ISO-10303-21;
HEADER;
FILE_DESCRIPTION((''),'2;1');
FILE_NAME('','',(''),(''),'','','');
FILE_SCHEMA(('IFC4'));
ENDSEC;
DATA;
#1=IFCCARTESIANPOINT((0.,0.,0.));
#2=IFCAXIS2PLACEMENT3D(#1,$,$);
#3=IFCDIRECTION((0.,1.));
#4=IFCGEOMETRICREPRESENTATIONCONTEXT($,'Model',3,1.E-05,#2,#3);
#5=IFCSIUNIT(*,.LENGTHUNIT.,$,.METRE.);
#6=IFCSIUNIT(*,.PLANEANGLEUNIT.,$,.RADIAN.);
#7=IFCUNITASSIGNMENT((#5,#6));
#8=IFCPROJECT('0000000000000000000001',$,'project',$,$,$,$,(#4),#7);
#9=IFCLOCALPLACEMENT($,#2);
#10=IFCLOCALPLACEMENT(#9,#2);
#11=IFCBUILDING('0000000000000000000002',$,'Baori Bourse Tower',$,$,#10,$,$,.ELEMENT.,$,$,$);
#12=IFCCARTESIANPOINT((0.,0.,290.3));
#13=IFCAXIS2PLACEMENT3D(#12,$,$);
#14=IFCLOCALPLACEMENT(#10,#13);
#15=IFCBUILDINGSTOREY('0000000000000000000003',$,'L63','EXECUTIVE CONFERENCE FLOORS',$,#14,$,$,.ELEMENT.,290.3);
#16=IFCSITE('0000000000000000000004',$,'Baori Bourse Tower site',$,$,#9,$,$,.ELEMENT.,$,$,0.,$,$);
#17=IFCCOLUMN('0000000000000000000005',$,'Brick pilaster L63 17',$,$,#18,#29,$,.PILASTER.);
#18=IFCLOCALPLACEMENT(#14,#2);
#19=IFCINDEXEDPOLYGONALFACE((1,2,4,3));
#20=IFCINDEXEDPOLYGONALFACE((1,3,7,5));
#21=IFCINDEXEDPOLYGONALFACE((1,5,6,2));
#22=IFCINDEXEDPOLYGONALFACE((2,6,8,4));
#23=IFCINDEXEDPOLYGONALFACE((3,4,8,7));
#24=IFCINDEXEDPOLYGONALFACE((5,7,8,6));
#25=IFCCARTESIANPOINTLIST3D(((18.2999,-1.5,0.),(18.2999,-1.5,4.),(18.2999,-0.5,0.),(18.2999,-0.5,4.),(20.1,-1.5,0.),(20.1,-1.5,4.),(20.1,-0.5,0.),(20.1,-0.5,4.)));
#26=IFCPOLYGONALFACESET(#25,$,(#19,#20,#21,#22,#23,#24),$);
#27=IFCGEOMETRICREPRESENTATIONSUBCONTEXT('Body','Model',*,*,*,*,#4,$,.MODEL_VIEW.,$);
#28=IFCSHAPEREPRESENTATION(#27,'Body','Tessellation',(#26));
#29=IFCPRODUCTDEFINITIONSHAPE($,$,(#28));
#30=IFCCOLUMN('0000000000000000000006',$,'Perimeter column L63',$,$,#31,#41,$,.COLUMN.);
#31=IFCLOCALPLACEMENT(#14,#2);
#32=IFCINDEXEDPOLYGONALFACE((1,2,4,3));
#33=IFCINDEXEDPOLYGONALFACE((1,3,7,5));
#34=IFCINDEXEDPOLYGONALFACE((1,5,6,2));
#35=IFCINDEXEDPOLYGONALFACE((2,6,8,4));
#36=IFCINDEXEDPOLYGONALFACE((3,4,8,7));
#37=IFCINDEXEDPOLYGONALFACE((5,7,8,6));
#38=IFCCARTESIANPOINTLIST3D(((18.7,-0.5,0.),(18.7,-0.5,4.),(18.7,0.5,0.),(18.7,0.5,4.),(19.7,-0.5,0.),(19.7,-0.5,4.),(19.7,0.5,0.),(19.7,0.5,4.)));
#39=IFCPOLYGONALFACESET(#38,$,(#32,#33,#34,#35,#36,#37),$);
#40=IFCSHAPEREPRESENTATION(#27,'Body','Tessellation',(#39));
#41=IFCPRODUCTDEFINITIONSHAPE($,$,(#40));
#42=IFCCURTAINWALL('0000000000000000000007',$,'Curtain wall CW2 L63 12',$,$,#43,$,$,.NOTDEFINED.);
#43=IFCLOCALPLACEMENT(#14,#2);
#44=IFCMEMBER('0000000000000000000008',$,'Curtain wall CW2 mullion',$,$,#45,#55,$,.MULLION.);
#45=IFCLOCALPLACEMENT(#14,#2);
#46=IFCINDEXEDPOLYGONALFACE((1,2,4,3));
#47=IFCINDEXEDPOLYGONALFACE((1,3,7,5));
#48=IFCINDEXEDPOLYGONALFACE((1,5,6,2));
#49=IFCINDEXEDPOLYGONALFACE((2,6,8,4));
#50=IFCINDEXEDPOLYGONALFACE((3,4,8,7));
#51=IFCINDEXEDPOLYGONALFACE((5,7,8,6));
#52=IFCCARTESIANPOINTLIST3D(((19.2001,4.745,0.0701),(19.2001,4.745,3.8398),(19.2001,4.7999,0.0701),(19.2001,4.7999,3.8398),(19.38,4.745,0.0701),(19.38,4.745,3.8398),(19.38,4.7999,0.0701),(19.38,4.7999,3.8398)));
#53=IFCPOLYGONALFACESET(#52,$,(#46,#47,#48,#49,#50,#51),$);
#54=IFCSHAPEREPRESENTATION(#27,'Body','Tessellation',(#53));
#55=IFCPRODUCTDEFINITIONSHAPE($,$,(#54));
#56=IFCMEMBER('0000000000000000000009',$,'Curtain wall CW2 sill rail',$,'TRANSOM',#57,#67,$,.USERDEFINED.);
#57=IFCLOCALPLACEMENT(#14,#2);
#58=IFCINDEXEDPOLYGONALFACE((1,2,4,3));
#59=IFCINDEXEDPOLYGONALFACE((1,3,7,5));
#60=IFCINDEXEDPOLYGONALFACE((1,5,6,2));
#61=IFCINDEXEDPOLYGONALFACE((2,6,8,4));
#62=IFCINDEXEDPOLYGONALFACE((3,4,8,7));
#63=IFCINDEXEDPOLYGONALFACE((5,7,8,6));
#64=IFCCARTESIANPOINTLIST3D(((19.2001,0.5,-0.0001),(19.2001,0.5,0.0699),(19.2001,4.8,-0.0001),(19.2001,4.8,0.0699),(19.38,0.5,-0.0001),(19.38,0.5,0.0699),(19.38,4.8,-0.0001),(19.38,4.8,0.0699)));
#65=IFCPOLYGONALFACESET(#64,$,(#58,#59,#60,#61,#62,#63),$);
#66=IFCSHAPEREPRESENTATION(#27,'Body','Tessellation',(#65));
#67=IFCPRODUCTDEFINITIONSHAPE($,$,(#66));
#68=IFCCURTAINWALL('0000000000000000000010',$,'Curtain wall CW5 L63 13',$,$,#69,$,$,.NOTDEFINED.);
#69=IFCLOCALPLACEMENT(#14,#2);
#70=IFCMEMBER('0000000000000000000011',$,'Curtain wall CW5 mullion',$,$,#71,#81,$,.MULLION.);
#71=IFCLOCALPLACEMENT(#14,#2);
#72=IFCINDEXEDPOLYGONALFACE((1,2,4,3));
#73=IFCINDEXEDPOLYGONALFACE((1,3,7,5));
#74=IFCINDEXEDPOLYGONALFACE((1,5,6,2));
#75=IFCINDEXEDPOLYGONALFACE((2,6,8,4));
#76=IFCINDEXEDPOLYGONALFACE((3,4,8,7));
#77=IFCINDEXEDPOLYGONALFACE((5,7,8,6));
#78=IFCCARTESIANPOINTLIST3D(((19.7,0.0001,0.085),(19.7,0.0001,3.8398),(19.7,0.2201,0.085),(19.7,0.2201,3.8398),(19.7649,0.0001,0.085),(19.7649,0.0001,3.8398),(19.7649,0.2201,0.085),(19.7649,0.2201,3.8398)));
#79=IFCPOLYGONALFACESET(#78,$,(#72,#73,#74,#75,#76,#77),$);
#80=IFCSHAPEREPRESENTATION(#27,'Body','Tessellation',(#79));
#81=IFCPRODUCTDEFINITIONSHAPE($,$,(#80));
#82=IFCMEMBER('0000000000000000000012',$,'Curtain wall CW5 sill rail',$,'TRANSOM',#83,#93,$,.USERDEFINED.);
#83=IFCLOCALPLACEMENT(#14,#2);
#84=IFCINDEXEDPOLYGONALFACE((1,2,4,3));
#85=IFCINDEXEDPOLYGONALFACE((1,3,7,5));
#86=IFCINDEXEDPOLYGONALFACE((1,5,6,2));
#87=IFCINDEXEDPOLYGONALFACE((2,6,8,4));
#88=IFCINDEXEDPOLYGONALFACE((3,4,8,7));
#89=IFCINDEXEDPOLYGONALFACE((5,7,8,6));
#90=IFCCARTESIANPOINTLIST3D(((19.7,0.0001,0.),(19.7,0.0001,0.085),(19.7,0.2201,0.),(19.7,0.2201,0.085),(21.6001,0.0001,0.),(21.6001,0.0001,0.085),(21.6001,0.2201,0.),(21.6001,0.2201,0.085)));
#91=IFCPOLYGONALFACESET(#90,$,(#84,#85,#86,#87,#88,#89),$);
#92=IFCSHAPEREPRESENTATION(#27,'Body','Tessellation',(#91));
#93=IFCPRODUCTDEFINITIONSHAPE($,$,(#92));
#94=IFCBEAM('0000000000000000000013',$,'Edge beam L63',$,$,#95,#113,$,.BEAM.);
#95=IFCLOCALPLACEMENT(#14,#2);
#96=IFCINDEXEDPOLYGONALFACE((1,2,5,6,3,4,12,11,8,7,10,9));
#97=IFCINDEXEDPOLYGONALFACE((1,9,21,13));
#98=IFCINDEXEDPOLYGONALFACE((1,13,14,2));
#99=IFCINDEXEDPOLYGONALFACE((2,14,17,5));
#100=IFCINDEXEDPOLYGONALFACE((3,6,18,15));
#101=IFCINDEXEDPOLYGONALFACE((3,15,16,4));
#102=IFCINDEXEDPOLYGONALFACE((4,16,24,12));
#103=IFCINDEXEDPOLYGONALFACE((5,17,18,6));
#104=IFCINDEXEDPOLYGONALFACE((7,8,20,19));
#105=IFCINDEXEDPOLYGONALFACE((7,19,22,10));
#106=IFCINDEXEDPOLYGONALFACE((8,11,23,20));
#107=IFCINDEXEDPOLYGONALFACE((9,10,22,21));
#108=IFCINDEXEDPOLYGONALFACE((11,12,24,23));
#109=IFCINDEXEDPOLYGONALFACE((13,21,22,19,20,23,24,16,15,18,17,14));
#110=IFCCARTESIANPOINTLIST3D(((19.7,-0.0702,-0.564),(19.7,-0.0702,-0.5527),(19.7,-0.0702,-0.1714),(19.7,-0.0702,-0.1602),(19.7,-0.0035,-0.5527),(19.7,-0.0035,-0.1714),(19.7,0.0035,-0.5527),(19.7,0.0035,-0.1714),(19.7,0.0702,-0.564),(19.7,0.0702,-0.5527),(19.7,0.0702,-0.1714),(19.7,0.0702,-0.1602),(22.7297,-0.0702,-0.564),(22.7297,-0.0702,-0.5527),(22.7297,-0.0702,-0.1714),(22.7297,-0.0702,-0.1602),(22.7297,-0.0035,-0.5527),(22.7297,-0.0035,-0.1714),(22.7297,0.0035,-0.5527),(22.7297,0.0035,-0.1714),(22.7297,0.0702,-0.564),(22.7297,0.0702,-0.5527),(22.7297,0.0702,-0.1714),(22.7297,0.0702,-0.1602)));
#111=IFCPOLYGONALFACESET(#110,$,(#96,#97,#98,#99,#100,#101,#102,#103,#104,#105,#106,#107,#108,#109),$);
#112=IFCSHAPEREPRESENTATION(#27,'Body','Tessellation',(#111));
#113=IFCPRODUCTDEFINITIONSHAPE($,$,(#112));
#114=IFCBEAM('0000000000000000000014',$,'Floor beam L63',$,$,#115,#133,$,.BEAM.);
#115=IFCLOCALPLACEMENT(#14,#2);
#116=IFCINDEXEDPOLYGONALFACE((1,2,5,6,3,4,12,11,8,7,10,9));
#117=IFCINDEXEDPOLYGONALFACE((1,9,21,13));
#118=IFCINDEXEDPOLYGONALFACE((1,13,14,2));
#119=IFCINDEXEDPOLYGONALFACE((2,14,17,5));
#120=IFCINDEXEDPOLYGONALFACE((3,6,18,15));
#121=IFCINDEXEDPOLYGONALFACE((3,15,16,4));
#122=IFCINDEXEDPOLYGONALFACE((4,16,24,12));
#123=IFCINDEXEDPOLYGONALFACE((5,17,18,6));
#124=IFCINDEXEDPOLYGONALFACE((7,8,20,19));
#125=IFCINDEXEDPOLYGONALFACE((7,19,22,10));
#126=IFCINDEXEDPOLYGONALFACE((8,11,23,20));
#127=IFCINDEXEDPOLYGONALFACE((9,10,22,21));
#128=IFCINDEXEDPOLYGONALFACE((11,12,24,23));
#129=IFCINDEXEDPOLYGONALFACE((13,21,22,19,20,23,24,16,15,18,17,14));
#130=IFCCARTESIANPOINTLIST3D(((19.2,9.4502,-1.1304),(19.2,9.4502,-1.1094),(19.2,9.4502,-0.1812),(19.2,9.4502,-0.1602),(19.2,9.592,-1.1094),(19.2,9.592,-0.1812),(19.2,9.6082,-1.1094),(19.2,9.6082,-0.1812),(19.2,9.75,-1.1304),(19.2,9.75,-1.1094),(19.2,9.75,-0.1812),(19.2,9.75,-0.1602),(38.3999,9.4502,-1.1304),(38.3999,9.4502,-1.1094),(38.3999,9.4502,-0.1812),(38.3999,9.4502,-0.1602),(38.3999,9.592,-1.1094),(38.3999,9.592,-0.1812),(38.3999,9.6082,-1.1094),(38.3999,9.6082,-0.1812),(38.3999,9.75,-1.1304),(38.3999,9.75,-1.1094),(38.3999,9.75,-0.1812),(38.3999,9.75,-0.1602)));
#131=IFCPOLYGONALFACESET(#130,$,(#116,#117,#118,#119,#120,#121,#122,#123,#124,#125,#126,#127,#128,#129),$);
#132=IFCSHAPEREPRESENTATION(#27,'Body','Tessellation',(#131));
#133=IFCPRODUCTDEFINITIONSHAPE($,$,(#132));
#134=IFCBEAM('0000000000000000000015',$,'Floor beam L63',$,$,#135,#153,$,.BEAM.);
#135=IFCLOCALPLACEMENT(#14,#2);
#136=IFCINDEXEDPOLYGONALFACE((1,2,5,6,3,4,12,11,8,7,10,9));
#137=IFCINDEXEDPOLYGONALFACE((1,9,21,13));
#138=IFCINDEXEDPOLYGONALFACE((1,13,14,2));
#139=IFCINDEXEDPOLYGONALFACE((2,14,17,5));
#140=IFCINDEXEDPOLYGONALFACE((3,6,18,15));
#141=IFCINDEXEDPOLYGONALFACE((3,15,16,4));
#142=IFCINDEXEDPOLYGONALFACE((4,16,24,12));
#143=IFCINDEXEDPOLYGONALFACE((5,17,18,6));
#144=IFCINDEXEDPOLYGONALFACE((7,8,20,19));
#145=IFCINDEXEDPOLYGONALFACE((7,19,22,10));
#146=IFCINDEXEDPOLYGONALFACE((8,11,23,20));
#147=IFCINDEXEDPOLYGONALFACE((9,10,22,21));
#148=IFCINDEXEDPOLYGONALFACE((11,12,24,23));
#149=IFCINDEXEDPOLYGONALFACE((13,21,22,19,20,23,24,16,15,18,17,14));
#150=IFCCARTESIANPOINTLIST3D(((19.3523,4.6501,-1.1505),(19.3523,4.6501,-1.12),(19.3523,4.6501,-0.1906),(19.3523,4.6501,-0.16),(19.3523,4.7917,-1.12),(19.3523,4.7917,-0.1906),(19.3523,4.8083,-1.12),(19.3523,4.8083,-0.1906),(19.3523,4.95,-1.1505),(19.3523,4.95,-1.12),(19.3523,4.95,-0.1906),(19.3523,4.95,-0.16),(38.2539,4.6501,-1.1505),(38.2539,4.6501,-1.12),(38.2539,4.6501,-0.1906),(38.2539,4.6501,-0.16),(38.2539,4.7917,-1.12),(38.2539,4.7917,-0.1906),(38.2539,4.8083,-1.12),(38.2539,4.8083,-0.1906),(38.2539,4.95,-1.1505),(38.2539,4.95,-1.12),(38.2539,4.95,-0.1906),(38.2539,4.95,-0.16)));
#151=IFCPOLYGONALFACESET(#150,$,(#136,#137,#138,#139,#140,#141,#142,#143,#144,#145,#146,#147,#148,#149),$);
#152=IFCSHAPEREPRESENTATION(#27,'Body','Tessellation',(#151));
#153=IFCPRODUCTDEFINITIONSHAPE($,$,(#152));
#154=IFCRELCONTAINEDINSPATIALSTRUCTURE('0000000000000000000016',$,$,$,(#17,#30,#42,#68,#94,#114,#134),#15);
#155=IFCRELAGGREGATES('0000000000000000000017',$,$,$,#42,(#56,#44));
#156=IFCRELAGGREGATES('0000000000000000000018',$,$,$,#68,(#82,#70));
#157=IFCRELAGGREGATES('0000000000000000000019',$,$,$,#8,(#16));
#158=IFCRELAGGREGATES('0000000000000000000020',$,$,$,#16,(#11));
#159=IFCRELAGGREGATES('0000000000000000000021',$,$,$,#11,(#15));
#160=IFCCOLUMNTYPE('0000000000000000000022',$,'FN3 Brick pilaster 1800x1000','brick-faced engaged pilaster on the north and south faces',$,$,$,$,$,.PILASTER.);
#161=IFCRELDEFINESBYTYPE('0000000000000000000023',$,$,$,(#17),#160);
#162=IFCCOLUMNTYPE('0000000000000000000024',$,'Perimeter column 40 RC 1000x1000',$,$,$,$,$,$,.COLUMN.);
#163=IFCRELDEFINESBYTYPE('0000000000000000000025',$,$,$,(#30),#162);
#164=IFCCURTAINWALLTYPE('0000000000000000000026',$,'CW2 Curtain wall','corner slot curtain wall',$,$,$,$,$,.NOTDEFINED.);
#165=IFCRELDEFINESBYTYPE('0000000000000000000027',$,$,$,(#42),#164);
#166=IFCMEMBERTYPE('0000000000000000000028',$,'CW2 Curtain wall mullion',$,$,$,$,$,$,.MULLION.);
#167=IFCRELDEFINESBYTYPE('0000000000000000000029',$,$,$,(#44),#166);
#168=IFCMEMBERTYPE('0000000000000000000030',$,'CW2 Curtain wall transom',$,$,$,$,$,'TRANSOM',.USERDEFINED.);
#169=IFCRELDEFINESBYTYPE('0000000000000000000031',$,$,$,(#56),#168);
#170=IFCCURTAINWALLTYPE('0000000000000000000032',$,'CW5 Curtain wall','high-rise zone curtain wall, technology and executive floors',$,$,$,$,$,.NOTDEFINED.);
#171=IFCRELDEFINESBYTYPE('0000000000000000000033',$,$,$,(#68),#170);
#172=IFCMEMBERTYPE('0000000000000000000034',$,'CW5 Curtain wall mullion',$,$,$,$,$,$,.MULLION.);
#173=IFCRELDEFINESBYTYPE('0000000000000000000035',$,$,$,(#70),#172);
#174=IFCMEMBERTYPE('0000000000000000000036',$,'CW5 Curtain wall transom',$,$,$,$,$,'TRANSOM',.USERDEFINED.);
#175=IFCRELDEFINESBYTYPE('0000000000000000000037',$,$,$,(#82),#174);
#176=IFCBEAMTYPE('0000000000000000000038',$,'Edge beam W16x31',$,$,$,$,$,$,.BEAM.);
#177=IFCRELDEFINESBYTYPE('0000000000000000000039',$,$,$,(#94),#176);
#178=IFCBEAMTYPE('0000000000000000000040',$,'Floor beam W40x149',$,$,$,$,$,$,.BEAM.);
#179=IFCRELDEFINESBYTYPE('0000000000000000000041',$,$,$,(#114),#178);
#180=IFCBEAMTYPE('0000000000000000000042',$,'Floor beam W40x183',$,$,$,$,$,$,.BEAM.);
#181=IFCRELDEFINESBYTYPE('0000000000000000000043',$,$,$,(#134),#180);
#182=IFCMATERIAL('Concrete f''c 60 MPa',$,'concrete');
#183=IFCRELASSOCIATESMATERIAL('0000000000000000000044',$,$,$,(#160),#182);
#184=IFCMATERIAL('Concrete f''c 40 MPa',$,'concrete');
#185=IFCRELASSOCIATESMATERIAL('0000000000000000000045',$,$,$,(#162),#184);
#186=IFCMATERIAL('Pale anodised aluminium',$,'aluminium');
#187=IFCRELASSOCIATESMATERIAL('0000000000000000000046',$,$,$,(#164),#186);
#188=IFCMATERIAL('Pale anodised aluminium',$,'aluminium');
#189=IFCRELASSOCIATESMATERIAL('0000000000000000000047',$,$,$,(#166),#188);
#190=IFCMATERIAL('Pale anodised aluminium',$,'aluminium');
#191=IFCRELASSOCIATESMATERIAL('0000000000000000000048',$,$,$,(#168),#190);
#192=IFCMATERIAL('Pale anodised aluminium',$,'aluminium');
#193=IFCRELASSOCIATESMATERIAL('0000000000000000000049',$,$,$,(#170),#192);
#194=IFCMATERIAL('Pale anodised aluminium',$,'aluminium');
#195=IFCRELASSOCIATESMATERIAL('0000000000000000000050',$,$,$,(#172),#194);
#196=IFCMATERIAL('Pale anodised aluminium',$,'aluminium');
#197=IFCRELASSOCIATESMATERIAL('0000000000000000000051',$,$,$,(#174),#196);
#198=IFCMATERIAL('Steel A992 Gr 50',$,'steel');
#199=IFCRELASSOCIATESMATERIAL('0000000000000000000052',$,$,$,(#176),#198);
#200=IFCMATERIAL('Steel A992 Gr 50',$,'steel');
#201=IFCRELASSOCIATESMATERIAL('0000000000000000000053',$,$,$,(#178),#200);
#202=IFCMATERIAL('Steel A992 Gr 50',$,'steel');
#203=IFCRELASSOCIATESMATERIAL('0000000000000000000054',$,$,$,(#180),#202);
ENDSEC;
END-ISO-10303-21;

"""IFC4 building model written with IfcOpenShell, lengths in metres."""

from ifc_helpers import new_model, si_unit, direction, frame, origin, origin_2d, place, context, subcontext, project, spatial, rectangle, i_section, extrude, material, material_profile, profile_set, type_object, element, aggregate, save


model = new_model("IFC4")

# Units and contexts
model_context = context("Model", 3, precision=1e-05, world=origin(), true_north=direction((0.0, 1.0)))
body_context = subcontext(model_context, "Body", "Model", "MODEL_VIEW")
ifc_project = project(units=[si_unit("LENGTHUNIT", "METRE"), si_unit("PLANEANGLEUNIT", "RADIAN")], contexts=[model_context])

# Site, building, storey
site_placement = place(None, origin())
site = spatial("IfcSite", under=ifc_project, at=site_placement, Name="Baori Bourse Tower site", CompositionType="ELEMENT", RefElevation=0.0)
building_placement = place(site_placement, origin())
building = spatial("IfcBuilding", under=site, at=building_placement, Name="Baori Bourse Tower", CompositionType="ELEMENT")
storey_placement = place(building_placement, frame((0.0, 0.0, 290.3)))
storey = spatial("IfcBuildingStorey", under=building, at=storey_placement, Name="L63", Description="EXECUTIVE CONFERENCE FLOORS", CompositionType="ELEMENT", Elevation=290.3)

# Columns
ifc_material_1 = material(Name="Concrete f'c 60 MPa", Category="concrete")
ifc_material_profile_1 = material_profile(ifc_material_1, rectangle(XDim=1.8, YDim=1.0, at=origin_2d()), Name="RC 1800x1000")
ifc_profile_set_1 = profile_set([ifc_material_profile_1], Name="Concrete f'c 60 MPa")
column_type_1 = type_object("IfcColumnType", Name="FN3 Brick pilaster 1800x1000", Description="brick-faced engaged pilaster on the north and south faces", PredefinedType="PILASTER", material=ifc_profile_set_1)
column_1_placement = place(storey_placement, frame((19.2, -1.0, 0.0), z_axis=(0.0, 0.0, 1.0), x_axis=(1.0, 0.0, 0.0)))
element("IfcColumn", 1, at=column_1_placement, inside=storey, type_object=column_type_1, Name="Brick pilaster L63 17", PredefinedType="PILASTER", context=body_context, shape_type="SweptSolid", body=[
    extrude(rectangle(XDim=1.8, YDim=1.0, at=origin_2d()), origin(), (0.0, 0.0, 1.0), 4.0),
])
ifc_material_2 = material(Name="Concrete f'c 40 MPa", Category="concrete")
ifc_material_profile_2 = material_profile(ifc_material_2, rectangle(XDim=1.0, YDim=1.0, at=origin_2d()), Name="RC 1000x1000")
ifc_profile_set_2 = profile_set([ifc_material_profile_2], Name="Concrete f'c 40 MPa")
column_type_2 = type_object("IfcColumnType", Name="Perimeter column 40 RC 1000x1000", PredefinedType="COLUMN", material=ifc_profile_set_2)
column_2_placement = place(storey_placement, frame((19.2, 0.0, 0.0), z_axis=(0.0, 0.0, 1.0), x_axis=(1.0, 0.0, 0.0)))
element("IfcColumn", 2, at=column_2_placement, inside=storey, type_object=column_type_2, Name="Perimeter column L63", PredefinedType="COLUMN", context=body_context, shape_type="SweptSolid", body=[
    extrude(rectangle(XDim=1.0, YDim=1.0, at=origin_2d()), origin(), (0.0, 0.0, 1.0), 4.0),
])

# Curtain walls, members
ifc_material_3 = material(Name="Pale anodised aluminium", Category="aluminium")
curtain_wall_type_1 = type_object("IfcCurtainWallType", Name="CW2 Curtain wall", Description="corner slot curtain wall", PredefinedType="NOTDEFINED", material=ifc_material_3)
curtain_wall_1_placement = place(storey_placement, origin())
curtain_wall_1 = element("IfcCurtainWall", 3, at=curtain_wall_1_placement, inside=storey, type_object=curtain_wall_type_1, Name="Curtain wall CW2 L63 12", PredefinedType="NOTDEFINED")
ifc_material_4 = material(Name="Pale anodised aluminium", Category="aluminium")
ifc_material_profile_3 = material_profile(ifc_material_4, rectangle(XDim=0.1799, YDim=0.0549, at=origin_2d()), Name="Mullion 55x180")
ifc_profile_set_3 = profile_set([ifc_material_profile_3], Name="Pale anodised aluminium")
member_type_1 = type_object("IfcMemberType", Name="CW2 Curtain wall mullion", PredefinedType="MULLION", material=ifc_profile_set_3)
member_1_placement = place(storey_placement, frame((19.29, 4.7725, 0.0701), z_axis=(0.0, 0.0, 1.0), x_axis=(1.0, 0.0, 0.0)))
member_1 = element("IfcMember", 4, at=member_1_placement, type_object=member_type_1, Name="Curtain wall CW2 mullion", PredefinedType="MULLION", context=body_context, shape_type="SweptSolid", body=[
    extrude(rectangle(XDim=0.1799, YDim=0.0549, at=origin_2d()), origin(), (0.0, 0.0, 1.0), 3.7698),
])
ifc_material_5 = material(Name="Pale anodised aluminium", Category="aluminium")
ifc_material_profile_4 = material_profile(ifc_material_5, rectangle(XDim=0.1799, YDim=0.0701, at=origin_2d()), Name="Transom 70x180")
ifc_profile_set_4 = profile_set([ifc_material_profile_4], Name="Pale anodised aluminium")
member_type_2 = type_object("IfcMemberType", Name="CW2 Curtain wall transom", ElementType="TRANSOM", PredefinedType="USERDEFINED", material=ifc_profile_set_4)
member_2_placement = place(storey_placement, frame((19.29, 4.8, 0.0349), z_axis=(0.0, -1.0, 0.0), x_axis=(1.0, 0.0, 0.0)))
member_2 = element("IfcMember", 5, at=member_2_placement, type_object=member_type_2, Name="Curtain wall CW2 sill rail", ObjectType="TRANSOM", PredefinedType="USERDEFINED", context=body_context, shape_type="SweptSolid", body=[
    extrude(rectangle(XDim=0.1799, YDim=0.0701, at=origin_2d()), origin(), (0.0, 0.0, 1.0), 4.3),
])
ifc_material_6 = material(Name="Pale anodised aluminium", Category="aluminium")
curtain_wall_type_2 = type_object("IfcCurtainWallType", Name="CW5 Curtain wall", Description="high-rise zone curtain wall, technology and executive floors", PredefinedType="NOTDEFINED", material=ifc_material_6)
curtain_wall_2_placement = place(storey_placement, origin())
curtain_wall_2 = element("IfcCurtainWall", 6, at=curtain_wall_2_placement, inside=storey, type_object=curtain_wall_type_2, Name="Curtain wall CW5 L63 13", PredefinedType="NOTDEFINED")
ifc_material_7 = material(Name="Pale anodised aluminium", Category="aluminium")
ifc_material_profile_5 = material_profile(ifc_material_7, rectangle(XDim=0.22, YDim=0.0649, at=origin_2d()), Name="Mullion 65x220")
ifc_profile_set_5 = profile_set([ifc_material_profile_5], Name="Pale anodised aluminium")
member_type_3 = type_object("IfcMemberType", Name="CW5 Curtain wall mullion", PredefinedType="MULLION", material=ifc_profile_set_5)
member_3_placement = place(storey_placement, frame((19.7324, 0.1101, 0.085), z_axis=(0.0, 0.0, 1.0), x_axis=(0.0, 1.0, 0.0)))
member_3 = element("IfcMember", 7, at=member_3_placement, type_object=member_type_3, Name="Curtain wall CW5 mullion", PredefinedType="MULLION", context=body_context, shape_type="SweptSolid", body=[
    extrude(rectangle(XDim=0.22, YDim=0.0649, at=origin_2d()), origin(), (0.0, 0.0, 1.0), 3.7549),
])
ifc_material_8 = material(Name="Pale anodised aluminium", Category="aluminium")
ifc_material_profile_6 = material_profile(ifc_material_8, rectangle(XDim=0.22, YDim=0.085, at=origin_2d()), Name="Transom 85x220")
ifc_profile_set_6 = profile_set([ifc_material_profile_6], Name="Pale anodised aluminium")
member_type_4 = type_object("IfcMemberType", Name="CW5 Curtain wall transom", ElementType="TRANSOM", PredefinedType="USERDEFINED", material=ifc_profile_set_6)
member_4_placement = place(storey_placement, frame((19.7, 0.1101, 0.0425), z_axis=(1.0, 0.0, 0.0), x_axis=(0.0, 1.0, 0.0)))
member_4 = element("IfcMember", 8, at=member_4_placement, type_object=member_type_4, Name="Curtain wall CW5 sill rail", ObjectType="TRANSOM", PredefinedType="USERDEFINED", context=body_context, shape_type="SweptSolid", body=[
    extrude(rectangle(XDim=0.22, YDim=0.085, at=origin_2d()), origin(), (0.0, 0.0, 1.0), 1.9001),
])

# Beams
ifc_material_9 = material(Name="Steel A992 Gr 50", Category="steel")
ifc_material_profile_7 = material_profile(ifc_material_9, i_section(OverallWidth=0.1404, OverallDepth=0.4038, WebThickness=0.0071, FlangeThickness=0.0112, at=origin_2d()), Name="W16x31")
ifc_profile_set_7 = profile_set([ifc_material_profile_7], Name="Steel A992 Gr 50")
beam_type_1 = type_object("IfcBeamType", Name="Edge beam W16x31", PredefinedType="BEAM", material=ifc_profile_set_7)
beam_1_placement = place(storey_placement, frame((19.7, 0.0, -0.3621), z_axis=(1.0, 0.0, 0.0), x_axis=(0.0, 1.0, 0.0)))
element("IfcBeam", 9, at=beam_1_placement, inside=storey, type_object=beam_type_1, Name="Edge beam L63", PredefinedType="BEAM", context=body_context, shape_type="SweptSolid", body=[
    extrude(i_section(OverallWidth=0.1404, OverallDepth=0.4038, WebThickness=0.0071, FlangeThickness=0.0112, at=origin_2d()), origin(), (0.0, 0.0, 1.0), 3.0298),
])
ifc_material_10 = material(Name="Steel A992 Gr 50", Category="steel")
ifc_material_profile_8 = material_profile(ifc_material_10, i_section(OverallWidth=0.2998, OverallDepth=0.9702, WebThickness=0.0161, FlangeThickness=0.021, at=origin_2d()), Name="W40x149")
ifc_profile_set_8 = profile_set([ifc_material_profile_8], Name="Steel A992 Gr 50")
beam_type_2 = type_object("IfcBeamType", Name="Floor beam W40x149", PredefinedType="BEAM", material=ifc_profile_set_8)
beam_2_placement = place(storey_placement, frame((19.2, 9.6001, -0.6453), z_axis=(1.0, 0.0, 0.0), x_axis=(0.0, 1.0, 0.0)))
element("IfcBeam", 10, at=beam_2_placement, inside=storey, type_object=beam_type_2, Name="Floor beam L63", PredefinedType="BEAM", context=body_context, shape_type="SweptSolid", body=[
    extrude(i_section(OverallWidth=0.2998, OverallDepth=0.9702, WebThickness=0.0161, FlangeThickness=0.021, at=origin_2d()), origin(), (0.0, 0.0, 1.0), 19.2),
])
ifc_material_11 = material(Name="Steel A992 Gr 50", Category="steel")
ifc_material_profile_9 = material_profile(ifc_material_11, i_section(OverallWidth=0.2998, OverallDepth=0.9905, WebThickness=0.0166, FlangeThickness=0.0305, at=origin_2d()), Name="W40x183")
ifc_profile_set_9 = profile_set([ifc_material_profile_9], Name="Steel A992 Gr 50")
beam_type_3 = type_object("IfcBeamType", Name="Floor beam W40x183", PredefinedType="BEAM", material=ifc_profile_set_9)
beam_3_placement = place(storey_placement, frame((19.3523, 4.8, -0.6553), z_axis=(1.0, 0.0, 0.0), x_axis=(0.0, 1.0, 0.0)))
element("IfcBeam", 11, at=beam_3_placement, inside=storey, type_object=beam_type_3, Name="Floor beam L63", PredefinedType="BEAM", context=body_context, shape_type="SweptSolid", body=[
    extrude(i_section(OverallWidth=0.2998, OverallDepth=0.9905, WebThickness=0.0166, FlangeThickness=0.0305, at=origin_2d()), origin(), (0.0, 0.0, 1.0), 18.9016),
])

aggregate(curtain_wall_1, [member_2, member_1])
aggregate(curtain_wall_2, [member_4, member_3])

save(model, "model.ifc")
